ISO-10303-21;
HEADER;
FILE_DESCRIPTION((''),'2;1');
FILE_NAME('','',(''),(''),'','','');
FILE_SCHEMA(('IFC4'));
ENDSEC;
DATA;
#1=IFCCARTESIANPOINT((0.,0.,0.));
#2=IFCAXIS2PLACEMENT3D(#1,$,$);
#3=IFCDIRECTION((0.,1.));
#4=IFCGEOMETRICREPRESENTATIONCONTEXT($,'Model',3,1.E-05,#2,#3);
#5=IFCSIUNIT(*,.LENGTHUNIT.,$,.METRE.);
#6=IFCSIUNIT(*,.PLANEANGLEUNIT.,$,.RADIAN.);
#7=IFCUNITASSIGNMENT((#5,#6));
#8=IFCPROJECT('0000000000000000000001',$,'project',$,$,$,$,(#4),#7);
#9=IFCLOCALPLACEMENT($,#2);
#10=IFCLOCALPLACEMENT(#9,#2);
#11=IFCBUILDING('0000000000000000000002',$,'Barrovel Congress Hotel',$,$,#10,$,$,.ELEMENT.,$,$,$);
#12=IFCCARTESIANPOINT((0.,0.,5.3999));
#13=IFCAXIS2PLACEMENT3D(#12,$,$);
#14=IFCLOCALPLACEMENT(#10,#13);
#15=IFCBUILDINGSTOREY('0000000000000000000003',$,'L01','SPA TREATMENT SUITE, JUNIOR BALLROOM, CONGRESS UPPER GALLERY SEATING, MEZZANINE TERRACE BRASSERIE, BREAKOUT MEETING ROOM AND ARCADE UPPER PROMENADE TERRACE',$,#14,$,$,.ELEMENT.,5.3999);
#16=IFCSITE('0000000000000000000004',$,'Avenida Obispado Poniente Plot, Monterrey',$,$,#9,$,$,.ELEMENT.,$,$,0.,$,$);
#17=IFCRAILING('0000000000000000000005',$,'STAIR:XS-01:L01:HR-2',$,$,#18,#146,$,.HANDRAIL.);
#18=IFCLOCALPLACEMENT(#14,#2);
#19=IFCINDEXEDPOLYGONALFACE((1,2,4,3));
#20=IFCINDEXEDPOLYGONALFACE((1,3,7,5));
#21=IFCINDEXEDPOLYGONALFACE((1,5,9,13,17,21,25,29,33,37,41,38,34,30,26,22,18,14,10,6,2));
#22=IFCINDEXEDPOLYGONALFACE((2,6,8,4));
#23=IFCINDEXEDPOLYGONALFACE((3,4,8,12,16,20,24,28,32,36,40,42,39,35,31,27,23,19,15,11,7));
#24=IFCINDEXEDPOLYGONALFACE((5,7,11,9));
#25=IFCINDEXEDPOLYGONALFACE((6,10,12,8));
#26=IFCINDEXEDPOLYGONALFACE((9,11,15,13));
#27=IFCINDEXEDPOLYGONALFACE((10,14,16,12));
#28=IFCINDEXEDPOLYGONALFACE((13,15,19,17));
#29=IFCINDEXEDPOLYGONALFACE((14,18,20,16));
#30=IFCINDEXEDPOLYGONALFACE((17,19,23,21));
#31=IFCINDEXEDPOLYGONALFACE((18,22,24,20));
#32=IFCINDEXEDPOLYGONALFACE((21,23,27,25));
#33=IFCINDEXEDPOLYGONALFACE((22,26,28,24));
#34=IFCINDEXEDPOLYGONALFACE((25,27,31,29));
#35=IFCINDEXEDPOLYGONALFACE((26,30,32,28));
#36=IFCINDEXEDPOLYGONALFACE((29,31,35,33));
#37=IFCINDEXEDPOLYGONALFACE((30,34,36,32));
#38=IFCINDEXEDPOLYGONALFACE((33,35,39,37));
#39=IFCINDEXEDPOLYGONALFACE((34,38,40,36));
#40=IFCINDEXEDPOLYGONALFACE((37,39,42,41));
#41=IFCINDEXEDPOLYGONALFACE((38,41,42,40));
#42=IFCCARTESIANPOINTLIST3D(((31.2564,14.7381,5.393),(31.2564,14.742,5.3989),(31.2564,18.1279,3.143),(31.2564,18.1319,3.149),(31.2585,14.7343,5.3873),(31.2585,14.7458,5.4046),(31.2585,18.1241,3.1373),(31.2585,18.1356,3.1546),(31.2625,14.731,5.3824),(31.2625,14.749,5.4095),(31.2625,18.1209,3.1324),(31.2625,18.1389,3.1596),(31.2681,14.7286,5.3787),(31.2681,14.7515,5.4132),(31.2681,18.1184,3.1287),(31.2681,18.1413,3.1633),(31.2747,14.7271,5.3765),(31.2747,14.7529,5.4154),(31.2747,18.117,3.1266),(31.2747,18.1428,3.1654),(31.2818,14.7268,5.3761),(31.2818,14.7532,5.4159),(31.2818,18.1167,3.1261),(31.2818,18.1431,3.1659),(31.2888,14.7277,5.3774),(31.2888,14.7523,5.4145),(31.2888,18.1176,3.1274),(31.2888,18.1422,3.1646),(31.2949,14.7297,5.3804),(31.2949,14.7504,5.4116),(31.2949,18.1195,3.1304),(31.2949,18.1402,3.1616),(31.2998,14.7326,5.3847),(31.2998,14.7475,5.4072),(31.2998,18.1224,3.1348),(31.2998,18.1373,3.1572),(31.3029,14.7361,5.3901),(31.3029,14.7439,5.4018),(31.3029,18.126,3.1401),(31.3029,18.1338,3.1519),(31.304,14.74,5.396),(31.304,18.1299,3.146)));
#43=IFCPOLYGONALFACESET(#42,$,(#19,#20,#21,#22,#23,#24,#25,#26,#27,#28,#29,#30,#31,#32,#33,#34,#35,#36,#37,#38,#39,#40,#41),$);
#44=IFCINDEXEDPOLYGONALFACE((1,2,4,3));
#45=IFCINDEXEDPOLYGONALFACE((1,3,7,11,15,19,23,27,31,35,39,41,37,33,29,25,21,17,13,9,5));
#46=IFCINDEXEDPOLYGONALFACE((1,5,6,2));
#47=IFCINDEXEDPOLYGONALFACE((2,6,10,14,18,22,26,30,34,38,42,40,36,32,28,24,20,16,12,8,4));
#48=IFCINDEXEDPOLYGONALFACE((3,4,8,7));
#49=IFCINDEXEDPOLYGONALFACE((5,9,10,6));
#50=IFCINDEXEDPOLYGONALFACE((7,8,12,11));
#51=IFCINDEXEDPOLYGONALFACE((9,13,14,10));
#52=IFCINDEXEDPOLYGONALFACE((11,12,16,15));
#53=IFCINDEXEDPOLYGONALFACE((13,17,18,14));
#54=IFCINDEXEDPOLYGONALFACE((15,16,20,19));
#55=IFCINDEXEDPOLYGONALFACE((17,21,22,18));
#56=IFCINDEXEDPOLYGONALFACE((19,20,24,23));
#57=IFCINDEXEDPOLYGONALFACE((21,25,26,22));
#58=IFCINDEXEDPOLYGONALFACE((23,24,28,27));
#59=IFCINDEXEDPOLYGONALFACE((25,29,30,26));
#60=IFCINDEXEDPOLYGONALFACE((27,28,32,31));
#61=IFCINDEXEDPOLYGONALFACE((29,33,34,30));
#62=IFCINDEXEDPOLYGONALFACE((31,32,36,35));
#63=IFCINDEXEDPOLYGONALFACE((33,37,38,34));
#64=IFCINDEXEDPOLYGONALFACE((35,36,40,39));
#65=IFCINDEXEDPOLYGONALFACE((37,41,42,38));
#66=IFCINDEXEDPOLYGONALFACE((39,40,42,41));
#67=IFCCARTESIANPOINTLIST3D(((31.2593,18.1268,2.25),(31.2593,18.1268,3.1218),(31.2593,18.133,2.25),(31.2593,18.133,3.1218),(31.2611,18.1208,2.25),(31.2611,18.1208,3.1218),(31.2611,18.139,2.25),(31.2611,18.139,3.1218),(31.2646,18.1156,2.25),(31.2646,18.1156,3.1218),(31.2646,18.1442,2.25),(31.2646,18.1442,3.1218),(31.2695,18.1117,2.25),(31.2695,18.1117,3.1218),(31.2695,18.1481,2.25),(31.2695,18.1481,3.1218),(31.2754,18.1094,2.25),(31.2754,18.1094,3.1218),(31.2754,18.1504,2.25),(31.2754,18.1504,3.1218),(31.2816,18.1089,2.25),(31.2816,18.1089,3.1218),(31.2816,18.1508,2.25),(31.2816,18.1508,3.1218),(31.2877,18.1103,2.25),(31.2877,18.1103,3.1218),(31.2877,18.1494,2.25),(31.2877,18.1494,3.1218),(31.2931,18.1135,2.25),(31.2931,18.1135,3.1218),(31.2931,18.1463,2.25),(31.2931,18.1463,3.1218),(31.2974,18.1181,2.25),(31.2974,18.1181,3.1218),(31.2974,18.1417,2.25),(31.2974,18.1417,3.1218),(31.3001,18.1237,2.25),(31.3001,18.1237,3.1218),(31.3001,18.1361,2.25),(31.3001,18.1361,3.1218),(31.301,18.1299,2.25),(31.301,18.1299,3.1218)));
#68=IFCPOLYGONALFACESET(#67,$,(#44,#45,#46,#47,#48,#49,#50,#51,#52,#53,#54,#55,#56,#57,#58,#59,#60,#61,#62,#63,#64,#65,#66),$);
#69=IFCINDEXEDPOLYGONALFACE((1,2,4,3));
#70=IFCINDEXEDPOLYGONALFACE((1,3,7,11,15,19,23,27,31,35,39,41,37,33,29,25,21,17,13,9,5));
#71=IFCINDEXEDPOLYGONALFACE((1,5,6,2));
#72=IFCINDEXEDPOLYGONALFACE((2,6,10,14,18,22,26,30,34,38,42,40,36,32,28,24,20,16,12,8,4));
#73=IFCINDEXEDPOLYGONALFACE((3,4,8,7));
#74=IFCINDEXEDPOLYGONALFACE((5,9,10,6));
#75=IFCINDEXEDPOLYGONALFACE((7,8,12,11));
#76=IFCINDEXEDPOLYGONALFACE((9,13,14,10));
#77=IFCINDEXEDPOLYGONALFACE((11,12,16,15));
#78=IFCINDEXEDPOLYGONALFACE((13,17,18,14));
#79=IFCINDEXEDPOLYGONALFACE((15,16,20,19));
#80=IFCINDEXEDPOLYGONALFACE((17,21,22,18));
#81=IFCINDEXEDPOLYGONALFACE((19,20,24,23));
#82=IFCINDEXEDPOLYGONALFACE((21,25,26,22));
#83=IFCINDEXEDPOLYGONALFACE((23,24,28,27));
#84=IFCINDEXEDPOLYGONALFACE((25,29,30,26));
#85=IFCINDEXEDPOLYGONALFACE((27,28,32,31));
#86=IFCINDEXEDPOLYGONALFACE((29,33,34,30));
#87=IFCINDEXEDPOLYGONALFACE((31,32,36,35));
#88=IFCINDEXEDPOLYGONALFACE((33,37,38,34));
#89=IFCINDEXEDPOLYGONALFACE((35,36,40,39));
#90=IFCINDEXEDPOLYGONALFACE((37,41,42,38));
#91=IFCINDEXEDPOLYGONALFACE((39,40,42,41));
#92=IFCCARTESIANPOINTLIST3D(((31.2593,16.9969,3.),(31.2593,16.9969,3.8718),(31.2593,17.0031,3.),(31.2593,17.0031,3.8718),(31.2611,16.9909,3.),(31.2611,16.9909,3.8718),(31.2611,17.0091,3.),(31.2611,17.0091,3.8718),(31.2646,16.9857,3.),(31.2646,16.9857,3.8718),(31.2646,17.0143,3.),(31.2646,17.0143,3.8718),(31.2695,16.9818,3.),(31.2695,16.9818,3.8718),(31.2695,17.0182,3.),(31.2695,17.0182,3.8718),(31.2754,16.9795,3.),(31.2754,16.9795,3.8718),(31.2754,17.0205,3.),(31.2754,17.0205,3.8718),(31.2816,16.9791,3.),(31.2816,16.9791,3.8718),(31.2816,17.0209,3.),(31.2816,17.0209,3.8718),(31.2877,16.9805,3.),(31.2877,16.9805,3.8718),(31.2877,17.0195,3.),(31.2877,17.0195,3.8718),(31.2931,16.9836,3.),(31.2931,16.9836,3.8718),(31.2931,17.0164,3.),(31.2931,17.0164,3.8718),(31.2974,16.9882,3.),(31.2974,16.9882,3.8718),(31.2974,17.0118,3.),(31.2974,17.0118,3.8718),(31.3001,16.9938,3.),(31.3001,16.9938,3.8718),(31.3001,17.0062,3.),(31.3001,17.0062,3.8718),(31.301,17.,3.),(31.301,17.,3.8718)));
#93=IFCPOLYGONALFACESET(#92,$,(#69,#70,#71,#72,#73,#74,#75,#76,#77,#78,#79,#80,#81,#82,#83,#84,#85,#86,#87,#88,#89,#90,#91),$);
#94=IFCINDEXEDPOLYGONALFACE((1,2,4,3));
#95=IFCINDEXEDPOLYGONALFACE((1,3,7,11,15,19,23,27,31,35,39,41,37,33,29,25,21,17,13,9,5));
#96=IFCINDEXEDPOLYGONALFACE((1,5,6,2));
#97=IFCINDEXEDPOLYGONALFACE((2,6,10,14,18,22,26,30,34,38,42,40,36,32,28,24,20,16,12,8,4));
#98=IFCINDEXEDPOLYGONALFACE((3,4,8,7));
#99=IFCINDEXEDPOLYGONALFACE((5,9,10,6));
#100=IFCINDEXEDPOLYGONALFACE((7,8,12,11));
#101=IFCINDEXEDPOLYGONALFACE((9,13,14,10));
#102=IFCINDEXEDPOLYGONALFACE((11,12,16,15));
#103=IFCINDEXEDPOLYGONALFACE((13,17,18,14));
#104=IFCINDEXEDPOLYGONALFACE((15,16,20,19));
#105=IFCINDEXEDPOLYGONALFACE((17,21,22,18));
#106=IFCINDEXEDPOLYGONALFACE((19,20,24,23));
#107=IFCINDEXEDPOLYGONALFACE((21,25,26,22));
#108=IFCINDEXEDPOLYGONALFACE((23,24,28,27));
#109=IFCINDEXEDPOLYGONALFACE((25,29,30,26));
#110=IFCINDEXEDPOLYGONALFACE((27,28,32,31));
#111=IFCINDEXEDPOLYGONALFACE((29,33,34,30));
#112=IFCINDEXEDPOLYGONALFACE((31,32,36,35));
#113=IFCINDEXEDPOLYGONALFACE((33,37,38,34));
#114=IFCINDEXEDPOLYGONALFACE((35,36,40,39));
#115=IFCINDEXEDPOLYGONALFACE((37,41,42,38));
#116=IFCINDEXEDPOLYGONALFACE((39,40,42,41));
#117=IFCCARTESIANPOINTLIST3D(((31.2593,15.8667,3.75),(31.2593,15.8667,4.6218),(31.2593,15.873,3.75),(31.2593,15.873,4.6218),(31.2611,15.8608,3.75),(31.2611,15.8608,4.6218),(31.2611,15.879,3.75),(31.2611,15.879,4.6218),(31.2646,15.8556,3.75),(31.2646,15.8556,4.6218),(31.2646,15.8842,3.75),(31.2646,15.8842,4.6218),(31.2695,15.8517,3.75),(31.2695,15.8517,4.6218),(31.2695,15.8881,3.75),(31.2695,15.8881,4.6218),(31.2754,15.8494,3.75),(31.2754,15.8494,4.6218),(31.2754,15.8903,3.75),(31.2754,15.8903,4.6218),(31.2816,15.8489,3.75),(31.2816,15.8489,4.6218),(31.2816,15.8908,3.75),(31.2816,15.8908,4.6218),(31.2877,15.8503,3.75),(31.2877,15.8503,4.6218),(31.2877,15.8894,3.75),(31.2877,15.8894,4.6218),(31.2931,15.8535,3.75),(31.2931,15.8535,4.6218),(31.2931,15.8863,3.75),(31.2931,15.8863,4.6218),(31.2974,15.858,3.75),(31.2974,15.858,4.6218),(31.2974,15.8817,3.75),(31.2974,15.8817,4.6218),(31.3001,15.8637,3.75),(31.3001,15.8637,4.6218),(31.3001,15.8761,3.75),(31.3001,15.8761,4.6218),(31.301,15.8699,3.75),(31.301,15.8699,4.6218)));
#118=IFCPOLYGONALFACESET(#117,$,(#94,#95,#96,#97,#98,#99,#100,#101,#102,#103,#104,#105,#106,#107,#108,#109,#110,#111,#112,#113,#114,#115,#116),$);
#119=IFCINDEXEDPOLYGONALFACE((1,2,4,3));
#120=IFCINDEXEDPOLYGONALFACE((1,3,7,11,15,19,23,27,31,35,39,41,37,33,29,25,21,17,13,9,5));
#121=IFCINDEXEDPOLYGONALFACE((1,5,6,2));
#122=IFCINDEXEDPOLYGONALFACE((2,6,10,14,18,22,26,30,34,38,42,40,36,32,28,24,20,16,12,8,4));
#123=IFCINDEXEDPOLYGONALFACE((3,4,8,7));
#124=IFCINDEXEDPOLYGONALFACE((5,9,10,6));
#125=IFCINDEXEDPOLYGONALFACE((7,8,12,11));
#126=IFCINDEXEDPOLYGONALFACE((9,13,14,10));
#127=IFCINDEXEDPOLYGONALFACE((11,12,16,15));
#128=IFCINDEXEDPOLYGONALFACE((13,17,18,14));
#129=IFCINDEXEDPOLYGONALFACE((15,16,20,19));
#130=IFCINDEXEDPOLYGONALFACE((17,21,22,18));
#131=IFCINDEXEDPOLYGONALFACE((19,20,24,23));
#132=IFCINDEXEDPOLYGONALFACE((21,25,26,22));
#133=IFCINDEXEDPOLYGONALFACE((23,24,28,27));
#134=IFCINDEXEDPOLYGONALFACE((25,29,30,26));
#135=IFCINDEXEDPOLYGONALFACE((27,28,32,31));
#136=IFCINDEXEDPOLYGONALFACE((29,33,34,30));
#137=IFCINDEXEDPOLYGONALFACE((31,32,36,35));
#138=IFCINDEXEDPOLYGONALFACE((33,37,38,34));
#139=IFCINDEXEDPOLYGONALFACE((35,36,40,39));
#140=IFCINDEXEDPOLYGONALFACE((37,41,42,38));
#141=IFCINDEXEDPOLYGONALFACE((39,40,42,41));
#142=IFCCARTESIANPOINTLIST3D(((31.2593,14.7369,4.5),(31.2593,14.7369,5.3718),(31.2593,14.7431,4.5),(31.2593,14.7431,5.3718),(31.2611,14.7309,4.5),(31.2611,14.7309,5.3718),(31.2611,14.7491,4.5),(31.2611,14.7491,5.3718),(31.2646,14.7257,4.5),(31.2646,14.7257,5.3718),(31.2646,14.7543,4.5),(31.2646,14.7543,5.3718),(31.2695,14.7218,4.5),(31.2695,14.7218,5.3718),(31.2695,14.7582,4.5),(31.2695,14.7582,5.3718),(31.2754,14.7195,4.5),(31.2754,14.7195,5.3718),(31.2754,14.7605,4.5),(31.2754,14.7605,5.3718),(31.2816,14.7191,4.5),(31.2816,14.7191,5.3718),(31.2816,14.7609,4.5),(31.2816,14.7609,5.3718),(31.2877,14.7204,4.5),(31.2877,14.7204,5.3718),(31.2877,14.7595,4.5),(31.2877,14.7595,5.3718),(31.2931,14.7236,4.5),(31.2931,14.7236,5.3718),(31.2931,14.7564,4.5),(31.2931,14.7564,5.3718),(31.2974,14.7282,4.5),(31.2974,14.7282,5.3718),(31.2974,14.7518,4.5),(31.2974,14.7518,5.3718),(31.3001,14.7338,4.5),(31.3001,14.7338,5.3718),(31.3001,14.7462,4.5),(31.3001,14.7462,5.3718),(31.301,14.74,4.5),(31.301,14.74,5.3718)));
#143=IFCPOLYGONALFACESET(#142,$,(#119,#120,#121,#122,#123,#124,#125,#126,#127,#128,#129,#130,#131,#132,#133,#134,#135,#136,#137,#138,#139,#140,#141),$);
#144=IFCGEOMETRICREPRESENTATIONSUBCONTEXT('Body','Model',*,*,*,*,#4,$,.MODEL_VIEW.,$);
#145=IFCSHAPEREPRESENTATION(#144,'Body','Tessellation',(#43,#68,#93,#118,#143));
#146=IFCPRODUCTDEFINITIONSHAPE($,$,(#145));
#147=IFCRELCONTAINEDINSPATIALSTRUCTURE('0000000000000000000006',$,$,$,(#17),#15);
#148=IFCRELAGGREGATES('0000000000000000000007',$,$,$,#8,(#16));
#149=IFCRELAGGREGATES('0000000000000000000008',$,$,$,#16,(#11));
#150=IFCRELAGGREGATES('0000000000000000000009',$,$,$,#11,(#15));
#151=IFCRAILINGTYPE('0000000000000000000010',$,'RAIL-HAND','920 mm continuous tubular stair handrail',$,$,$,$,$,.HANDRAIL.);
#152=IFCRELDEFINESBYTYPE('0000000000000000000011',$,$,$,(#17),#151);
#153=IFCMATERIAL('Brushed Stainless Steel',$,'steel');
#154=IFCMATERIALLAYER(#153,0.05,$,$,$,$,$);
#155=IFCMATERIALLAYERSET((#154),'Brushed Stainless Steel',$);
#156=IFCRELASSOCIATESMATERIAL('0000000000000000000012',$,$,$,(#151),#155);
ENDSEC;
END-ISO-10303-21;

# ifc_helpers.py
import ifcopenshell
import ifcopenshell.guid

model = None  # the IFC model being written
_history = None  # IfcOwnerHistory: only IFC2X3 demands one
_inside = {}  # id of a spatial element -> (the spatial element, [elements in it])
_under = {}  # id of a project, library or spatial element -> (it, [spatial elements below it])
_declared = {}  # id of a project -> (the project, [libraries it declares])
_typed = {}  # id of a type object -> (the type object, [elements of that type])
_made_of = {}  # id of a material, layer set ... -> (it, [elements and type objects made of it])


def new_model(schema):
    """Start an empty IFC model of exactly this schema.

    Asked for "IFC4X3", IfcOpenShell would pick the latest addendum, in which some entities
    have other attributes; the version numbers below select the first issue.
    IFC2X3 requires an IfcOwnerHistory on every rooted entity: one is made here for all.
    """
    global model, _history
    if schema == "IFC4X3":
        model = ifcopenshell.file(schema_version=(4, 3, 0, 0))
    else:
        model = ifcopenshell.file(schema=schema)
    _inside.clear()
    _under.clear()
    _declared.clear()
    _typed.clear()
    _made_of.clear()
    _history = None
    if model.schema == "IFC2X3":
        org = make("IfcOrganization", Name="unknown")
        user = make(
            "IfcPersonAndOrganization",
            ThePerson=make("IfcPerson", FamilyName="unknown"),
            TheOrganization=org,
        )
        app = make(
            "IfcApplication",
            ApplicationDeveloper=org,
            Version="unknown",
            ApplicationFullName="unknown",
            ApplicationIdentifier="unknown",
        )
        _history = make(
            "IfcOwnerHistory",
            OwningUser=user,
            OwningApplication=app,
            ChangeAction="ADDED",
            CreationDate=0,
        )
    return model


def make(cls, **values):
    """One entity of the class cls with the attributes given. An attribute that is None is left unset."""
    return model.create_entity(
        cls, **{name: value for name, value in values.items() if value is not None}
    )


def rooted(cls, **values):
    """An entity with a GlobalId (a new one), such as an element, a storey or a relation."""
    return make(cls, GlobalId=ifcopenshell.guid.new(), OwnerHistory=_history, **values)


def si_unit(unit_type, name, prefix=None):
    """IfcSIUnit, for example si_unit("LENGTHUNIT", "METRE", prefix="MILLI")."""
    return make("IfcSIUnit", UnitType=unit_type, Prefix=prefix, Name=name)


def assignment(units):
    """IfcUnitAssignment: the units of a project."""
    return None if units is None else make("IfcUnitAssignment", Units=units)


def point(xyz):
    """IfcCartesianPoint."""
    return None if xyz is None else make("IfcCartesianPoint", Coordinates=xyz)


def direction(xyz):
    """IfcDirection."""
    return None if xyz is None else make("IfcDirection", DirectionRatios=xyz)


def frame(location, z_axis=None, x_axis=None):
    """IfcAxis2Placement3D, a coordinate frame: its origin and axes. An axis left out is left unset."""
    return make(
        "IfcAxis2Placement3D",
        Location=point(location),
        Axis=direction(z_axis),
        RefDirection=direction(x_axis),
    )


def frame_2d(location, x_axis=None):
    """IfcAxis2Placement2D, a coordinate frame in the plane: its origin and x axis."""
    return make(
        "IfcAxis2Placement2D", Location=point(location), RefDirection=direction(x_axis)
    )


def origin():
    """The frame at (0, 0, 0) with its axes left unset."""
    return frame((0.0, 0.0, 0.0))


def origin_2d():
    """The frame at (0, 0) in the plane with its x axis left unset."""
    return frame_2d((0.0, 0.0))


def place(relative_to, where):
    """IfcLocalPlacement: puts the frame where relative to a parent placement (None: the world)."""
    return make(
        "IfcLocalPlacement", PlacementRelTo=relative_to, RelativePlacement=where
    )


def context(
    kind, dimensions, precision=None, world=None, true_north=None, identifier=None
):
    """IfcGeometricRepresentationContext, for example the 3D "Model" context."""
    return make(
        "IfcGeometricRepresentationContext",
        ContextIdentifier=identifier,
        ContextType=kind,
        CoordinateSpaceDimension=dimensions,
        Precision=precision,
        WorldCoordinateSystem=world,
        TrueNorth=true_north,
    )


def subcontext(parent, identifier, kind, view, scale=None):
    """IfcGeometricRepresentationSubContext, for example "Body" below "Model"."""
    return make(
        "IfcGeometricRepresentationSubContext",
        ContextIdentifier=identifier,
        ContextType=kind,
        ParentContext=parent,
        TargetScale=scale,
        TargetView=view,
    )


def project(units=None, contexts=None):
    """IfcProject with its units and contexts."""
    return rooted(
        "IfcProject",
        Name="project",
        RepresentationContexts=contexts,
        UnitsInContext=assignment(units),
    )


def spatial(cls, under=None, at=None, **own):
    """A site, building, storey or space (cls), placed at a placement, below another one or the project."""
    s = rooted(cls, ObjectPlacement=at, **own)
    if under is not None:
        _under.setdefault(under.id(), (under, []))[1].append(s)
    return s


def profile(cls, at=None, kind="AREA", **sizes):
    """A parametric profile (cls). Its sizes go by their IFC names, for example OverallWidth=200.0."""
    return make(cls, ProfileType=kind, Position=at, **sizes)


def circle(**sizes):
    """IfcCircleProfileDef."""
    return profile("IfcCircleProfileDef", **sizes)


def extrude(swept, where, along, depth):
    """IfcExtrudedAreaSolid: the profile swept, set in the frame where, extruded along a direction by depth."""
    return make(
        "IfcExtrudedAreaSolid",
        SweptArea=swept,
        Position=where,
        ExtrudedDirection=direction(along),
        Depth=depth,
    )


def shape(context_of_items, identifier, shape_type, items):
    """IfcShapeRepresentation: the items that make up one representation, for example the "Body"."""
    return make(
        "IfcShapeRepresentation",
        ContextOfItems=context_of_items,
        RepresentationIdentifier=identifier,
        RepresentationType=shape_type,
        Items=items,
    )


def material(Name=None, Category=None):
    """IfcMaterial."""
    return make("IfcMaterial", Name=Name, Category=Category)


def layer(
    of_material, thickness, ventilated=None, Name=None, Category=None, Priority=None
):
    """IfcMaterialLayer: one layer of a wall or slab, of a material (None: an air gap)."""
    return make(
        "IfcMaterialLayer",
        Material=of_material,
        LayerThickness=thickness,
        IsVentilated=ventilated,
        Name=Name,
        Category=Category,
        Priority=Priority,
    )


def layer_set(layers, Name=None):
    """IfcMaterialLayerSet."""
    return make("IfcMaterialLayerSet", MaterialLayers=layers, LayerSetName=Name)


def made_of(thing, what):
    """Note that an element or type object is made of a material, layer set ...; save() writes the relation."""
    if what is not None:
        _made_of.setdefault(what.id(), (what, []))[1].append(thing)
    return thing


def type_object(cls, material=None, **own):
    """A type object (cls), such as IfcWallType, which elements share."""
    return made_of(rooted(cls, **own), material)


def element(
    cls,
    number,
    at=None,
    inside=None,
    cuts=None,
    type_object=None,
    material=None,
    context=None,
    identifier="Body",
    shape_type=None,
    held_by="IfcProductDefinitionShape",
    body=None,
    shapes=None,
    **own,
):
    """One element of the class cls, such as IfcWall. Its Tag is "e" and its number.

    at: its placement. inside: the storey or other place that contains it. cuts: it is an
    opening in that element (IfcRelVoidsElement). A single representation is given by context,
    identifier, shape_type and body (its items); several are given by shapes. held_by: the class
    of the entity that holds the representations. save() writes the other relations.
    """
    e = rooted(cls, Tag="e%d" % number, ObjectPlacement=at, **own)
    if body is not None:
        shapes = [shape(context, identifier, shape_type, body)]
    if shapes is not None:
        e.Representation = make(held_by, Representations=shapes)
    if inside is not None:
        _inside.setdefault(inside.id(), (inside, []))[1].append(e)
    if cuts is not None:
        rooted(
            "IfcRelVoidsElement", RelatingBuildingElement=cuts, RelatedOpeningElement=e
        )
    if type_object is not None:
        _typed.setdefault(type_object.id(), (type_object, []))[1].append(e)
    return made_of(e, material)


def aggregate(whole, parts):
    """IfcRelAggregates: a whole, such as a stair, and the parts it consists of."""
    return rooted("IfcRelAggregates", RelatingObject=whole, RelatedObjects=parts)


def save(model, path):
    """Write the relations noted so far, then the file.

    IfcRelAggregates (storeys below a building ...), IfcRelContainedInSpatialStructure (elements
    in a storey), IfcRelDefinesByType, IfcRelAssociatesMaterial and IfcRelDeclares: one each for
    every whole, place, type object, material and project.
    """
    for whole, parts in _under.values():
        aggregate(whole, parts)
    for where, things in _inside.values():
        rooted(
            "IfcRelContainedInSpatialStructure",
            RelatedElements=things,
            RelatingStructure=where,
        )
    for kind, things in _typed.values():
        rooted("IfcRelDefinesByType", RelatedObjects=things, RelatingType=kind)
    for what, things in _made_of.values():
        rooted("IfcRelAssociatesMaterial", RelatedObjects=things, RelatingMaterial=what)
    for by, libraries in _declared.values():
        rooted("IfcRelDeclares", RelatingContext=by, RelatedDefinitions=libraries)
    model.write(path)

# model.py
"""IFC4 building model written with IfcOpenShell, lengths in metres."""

from ifc_helpers import new_model, si_unit, direction, frame, origin, origin_2d, place, context, subcontext, project, spatial, circle, extrude, material, layer, layer_set, type_object, element, save


model = new_model("IFC4")

# Units and contexts
model_context = context("Model", 3, precision=1e-05, world=origin(), true_north=direction((0.0, 1.0)))
body_context = subcontext(model_context, "Body", "Model", "MODEL_VIEW")
ifc_project = project(units=[si_unit("LENGTHUNIT", "METRE"), si_unit("PLANEANGLEUNIT", "RADIAN")], contexts=[model_context])

# Site, building, storey
site_placement = place(None, origin())
site = spatial("IfcSite", under=ifc_project, at=site_placement, Name="Avenida Obispado Poniente Plot, Monterrey", CompositionType="ELEMENT", RefElevation=0.0)
building_placement = place(site_placement, origin())
building = spatial("IfcBuilding", under=site, at=building_placement, Name="Barrovel Congress Hotel", CompositionType="ELEMENT")
storey_placement = place(building_placement, frame((0.0, 0.0, 5.3999)))
storey = spatial("IfcBuildingStorey", under=building, at=storey_placement, Name="L01", Description="SPA TREATMENT SUITE, JUNIOR BALLROOM, CONGRESS UPPER GALLERY SEATING, MEZZANINE TERRACE BRASSERIE, BREAKOUT MEETING ROOM AND ARCADE UPPER PROMENADE TERRACE", CompositionType="ELEMENT", Elevation=5.3999)

# Shared definitions
ifc_material_1 = material(Name="Brushed Stainless Steel", Category="steel")

# Railing
ifc_layer_1 = layer(ifc_material_1, 0.05)
ifc_layer_set_1 = layer_set([ifc_layer_1], Name="Brushed Stainless Steel")
railing_type_1 = type_object("IfcRailingType", Name="RAIL-HAND", Description="920 mm continuous tubular stair handrail", PredefinedType="HANDRAIL", material=ifc_layer_set_1)
railing_1_placement = place(storey_placement, frame((31.28, 18.1299, 2.25)))
element("IfcRailing", 1, at=railing_1_placement, inside=storey, type_object=railing_type_1, Name="STAIR:XS-01:L01:HR-2", PredefinedType="HANDRAIL", context=body_context, shape_type="SweptSolid", body=[
    extrude(circle(Radius=0.0239, at=origin_2d()), frame((0.0, 0.0, 0.896), z_axis=(0.0, -0.833175, 0.55301), x_axis=(1.0, 0.0, 0.0)), (0.0, 0.0, 1.0), 4.0686),
    extrude(circle(Radius=0.021, at=origin_2d()), origin(), (0.0, 0.0, 1.0), 0.8718),
    extrude(circle(Radius=0.021, at=origin_2d()), frame((0.0, -1.1299, 0.75)), (0.0, 0.0, 1.0), 0.8718),
    extrude(circle(Radius=0.021, at=origin_2d()), frame((0.0, -2.26, 1.5)), (0.0, 0.0, 1.0), 0.8718),
    extrude(circle(Radius=0.021, at=origin_2d()), frame((0.0, -3.3899, 2.25)), (0.0, 0.0, 1.0), 0.8718),
])

save(model, "model.ifc")
